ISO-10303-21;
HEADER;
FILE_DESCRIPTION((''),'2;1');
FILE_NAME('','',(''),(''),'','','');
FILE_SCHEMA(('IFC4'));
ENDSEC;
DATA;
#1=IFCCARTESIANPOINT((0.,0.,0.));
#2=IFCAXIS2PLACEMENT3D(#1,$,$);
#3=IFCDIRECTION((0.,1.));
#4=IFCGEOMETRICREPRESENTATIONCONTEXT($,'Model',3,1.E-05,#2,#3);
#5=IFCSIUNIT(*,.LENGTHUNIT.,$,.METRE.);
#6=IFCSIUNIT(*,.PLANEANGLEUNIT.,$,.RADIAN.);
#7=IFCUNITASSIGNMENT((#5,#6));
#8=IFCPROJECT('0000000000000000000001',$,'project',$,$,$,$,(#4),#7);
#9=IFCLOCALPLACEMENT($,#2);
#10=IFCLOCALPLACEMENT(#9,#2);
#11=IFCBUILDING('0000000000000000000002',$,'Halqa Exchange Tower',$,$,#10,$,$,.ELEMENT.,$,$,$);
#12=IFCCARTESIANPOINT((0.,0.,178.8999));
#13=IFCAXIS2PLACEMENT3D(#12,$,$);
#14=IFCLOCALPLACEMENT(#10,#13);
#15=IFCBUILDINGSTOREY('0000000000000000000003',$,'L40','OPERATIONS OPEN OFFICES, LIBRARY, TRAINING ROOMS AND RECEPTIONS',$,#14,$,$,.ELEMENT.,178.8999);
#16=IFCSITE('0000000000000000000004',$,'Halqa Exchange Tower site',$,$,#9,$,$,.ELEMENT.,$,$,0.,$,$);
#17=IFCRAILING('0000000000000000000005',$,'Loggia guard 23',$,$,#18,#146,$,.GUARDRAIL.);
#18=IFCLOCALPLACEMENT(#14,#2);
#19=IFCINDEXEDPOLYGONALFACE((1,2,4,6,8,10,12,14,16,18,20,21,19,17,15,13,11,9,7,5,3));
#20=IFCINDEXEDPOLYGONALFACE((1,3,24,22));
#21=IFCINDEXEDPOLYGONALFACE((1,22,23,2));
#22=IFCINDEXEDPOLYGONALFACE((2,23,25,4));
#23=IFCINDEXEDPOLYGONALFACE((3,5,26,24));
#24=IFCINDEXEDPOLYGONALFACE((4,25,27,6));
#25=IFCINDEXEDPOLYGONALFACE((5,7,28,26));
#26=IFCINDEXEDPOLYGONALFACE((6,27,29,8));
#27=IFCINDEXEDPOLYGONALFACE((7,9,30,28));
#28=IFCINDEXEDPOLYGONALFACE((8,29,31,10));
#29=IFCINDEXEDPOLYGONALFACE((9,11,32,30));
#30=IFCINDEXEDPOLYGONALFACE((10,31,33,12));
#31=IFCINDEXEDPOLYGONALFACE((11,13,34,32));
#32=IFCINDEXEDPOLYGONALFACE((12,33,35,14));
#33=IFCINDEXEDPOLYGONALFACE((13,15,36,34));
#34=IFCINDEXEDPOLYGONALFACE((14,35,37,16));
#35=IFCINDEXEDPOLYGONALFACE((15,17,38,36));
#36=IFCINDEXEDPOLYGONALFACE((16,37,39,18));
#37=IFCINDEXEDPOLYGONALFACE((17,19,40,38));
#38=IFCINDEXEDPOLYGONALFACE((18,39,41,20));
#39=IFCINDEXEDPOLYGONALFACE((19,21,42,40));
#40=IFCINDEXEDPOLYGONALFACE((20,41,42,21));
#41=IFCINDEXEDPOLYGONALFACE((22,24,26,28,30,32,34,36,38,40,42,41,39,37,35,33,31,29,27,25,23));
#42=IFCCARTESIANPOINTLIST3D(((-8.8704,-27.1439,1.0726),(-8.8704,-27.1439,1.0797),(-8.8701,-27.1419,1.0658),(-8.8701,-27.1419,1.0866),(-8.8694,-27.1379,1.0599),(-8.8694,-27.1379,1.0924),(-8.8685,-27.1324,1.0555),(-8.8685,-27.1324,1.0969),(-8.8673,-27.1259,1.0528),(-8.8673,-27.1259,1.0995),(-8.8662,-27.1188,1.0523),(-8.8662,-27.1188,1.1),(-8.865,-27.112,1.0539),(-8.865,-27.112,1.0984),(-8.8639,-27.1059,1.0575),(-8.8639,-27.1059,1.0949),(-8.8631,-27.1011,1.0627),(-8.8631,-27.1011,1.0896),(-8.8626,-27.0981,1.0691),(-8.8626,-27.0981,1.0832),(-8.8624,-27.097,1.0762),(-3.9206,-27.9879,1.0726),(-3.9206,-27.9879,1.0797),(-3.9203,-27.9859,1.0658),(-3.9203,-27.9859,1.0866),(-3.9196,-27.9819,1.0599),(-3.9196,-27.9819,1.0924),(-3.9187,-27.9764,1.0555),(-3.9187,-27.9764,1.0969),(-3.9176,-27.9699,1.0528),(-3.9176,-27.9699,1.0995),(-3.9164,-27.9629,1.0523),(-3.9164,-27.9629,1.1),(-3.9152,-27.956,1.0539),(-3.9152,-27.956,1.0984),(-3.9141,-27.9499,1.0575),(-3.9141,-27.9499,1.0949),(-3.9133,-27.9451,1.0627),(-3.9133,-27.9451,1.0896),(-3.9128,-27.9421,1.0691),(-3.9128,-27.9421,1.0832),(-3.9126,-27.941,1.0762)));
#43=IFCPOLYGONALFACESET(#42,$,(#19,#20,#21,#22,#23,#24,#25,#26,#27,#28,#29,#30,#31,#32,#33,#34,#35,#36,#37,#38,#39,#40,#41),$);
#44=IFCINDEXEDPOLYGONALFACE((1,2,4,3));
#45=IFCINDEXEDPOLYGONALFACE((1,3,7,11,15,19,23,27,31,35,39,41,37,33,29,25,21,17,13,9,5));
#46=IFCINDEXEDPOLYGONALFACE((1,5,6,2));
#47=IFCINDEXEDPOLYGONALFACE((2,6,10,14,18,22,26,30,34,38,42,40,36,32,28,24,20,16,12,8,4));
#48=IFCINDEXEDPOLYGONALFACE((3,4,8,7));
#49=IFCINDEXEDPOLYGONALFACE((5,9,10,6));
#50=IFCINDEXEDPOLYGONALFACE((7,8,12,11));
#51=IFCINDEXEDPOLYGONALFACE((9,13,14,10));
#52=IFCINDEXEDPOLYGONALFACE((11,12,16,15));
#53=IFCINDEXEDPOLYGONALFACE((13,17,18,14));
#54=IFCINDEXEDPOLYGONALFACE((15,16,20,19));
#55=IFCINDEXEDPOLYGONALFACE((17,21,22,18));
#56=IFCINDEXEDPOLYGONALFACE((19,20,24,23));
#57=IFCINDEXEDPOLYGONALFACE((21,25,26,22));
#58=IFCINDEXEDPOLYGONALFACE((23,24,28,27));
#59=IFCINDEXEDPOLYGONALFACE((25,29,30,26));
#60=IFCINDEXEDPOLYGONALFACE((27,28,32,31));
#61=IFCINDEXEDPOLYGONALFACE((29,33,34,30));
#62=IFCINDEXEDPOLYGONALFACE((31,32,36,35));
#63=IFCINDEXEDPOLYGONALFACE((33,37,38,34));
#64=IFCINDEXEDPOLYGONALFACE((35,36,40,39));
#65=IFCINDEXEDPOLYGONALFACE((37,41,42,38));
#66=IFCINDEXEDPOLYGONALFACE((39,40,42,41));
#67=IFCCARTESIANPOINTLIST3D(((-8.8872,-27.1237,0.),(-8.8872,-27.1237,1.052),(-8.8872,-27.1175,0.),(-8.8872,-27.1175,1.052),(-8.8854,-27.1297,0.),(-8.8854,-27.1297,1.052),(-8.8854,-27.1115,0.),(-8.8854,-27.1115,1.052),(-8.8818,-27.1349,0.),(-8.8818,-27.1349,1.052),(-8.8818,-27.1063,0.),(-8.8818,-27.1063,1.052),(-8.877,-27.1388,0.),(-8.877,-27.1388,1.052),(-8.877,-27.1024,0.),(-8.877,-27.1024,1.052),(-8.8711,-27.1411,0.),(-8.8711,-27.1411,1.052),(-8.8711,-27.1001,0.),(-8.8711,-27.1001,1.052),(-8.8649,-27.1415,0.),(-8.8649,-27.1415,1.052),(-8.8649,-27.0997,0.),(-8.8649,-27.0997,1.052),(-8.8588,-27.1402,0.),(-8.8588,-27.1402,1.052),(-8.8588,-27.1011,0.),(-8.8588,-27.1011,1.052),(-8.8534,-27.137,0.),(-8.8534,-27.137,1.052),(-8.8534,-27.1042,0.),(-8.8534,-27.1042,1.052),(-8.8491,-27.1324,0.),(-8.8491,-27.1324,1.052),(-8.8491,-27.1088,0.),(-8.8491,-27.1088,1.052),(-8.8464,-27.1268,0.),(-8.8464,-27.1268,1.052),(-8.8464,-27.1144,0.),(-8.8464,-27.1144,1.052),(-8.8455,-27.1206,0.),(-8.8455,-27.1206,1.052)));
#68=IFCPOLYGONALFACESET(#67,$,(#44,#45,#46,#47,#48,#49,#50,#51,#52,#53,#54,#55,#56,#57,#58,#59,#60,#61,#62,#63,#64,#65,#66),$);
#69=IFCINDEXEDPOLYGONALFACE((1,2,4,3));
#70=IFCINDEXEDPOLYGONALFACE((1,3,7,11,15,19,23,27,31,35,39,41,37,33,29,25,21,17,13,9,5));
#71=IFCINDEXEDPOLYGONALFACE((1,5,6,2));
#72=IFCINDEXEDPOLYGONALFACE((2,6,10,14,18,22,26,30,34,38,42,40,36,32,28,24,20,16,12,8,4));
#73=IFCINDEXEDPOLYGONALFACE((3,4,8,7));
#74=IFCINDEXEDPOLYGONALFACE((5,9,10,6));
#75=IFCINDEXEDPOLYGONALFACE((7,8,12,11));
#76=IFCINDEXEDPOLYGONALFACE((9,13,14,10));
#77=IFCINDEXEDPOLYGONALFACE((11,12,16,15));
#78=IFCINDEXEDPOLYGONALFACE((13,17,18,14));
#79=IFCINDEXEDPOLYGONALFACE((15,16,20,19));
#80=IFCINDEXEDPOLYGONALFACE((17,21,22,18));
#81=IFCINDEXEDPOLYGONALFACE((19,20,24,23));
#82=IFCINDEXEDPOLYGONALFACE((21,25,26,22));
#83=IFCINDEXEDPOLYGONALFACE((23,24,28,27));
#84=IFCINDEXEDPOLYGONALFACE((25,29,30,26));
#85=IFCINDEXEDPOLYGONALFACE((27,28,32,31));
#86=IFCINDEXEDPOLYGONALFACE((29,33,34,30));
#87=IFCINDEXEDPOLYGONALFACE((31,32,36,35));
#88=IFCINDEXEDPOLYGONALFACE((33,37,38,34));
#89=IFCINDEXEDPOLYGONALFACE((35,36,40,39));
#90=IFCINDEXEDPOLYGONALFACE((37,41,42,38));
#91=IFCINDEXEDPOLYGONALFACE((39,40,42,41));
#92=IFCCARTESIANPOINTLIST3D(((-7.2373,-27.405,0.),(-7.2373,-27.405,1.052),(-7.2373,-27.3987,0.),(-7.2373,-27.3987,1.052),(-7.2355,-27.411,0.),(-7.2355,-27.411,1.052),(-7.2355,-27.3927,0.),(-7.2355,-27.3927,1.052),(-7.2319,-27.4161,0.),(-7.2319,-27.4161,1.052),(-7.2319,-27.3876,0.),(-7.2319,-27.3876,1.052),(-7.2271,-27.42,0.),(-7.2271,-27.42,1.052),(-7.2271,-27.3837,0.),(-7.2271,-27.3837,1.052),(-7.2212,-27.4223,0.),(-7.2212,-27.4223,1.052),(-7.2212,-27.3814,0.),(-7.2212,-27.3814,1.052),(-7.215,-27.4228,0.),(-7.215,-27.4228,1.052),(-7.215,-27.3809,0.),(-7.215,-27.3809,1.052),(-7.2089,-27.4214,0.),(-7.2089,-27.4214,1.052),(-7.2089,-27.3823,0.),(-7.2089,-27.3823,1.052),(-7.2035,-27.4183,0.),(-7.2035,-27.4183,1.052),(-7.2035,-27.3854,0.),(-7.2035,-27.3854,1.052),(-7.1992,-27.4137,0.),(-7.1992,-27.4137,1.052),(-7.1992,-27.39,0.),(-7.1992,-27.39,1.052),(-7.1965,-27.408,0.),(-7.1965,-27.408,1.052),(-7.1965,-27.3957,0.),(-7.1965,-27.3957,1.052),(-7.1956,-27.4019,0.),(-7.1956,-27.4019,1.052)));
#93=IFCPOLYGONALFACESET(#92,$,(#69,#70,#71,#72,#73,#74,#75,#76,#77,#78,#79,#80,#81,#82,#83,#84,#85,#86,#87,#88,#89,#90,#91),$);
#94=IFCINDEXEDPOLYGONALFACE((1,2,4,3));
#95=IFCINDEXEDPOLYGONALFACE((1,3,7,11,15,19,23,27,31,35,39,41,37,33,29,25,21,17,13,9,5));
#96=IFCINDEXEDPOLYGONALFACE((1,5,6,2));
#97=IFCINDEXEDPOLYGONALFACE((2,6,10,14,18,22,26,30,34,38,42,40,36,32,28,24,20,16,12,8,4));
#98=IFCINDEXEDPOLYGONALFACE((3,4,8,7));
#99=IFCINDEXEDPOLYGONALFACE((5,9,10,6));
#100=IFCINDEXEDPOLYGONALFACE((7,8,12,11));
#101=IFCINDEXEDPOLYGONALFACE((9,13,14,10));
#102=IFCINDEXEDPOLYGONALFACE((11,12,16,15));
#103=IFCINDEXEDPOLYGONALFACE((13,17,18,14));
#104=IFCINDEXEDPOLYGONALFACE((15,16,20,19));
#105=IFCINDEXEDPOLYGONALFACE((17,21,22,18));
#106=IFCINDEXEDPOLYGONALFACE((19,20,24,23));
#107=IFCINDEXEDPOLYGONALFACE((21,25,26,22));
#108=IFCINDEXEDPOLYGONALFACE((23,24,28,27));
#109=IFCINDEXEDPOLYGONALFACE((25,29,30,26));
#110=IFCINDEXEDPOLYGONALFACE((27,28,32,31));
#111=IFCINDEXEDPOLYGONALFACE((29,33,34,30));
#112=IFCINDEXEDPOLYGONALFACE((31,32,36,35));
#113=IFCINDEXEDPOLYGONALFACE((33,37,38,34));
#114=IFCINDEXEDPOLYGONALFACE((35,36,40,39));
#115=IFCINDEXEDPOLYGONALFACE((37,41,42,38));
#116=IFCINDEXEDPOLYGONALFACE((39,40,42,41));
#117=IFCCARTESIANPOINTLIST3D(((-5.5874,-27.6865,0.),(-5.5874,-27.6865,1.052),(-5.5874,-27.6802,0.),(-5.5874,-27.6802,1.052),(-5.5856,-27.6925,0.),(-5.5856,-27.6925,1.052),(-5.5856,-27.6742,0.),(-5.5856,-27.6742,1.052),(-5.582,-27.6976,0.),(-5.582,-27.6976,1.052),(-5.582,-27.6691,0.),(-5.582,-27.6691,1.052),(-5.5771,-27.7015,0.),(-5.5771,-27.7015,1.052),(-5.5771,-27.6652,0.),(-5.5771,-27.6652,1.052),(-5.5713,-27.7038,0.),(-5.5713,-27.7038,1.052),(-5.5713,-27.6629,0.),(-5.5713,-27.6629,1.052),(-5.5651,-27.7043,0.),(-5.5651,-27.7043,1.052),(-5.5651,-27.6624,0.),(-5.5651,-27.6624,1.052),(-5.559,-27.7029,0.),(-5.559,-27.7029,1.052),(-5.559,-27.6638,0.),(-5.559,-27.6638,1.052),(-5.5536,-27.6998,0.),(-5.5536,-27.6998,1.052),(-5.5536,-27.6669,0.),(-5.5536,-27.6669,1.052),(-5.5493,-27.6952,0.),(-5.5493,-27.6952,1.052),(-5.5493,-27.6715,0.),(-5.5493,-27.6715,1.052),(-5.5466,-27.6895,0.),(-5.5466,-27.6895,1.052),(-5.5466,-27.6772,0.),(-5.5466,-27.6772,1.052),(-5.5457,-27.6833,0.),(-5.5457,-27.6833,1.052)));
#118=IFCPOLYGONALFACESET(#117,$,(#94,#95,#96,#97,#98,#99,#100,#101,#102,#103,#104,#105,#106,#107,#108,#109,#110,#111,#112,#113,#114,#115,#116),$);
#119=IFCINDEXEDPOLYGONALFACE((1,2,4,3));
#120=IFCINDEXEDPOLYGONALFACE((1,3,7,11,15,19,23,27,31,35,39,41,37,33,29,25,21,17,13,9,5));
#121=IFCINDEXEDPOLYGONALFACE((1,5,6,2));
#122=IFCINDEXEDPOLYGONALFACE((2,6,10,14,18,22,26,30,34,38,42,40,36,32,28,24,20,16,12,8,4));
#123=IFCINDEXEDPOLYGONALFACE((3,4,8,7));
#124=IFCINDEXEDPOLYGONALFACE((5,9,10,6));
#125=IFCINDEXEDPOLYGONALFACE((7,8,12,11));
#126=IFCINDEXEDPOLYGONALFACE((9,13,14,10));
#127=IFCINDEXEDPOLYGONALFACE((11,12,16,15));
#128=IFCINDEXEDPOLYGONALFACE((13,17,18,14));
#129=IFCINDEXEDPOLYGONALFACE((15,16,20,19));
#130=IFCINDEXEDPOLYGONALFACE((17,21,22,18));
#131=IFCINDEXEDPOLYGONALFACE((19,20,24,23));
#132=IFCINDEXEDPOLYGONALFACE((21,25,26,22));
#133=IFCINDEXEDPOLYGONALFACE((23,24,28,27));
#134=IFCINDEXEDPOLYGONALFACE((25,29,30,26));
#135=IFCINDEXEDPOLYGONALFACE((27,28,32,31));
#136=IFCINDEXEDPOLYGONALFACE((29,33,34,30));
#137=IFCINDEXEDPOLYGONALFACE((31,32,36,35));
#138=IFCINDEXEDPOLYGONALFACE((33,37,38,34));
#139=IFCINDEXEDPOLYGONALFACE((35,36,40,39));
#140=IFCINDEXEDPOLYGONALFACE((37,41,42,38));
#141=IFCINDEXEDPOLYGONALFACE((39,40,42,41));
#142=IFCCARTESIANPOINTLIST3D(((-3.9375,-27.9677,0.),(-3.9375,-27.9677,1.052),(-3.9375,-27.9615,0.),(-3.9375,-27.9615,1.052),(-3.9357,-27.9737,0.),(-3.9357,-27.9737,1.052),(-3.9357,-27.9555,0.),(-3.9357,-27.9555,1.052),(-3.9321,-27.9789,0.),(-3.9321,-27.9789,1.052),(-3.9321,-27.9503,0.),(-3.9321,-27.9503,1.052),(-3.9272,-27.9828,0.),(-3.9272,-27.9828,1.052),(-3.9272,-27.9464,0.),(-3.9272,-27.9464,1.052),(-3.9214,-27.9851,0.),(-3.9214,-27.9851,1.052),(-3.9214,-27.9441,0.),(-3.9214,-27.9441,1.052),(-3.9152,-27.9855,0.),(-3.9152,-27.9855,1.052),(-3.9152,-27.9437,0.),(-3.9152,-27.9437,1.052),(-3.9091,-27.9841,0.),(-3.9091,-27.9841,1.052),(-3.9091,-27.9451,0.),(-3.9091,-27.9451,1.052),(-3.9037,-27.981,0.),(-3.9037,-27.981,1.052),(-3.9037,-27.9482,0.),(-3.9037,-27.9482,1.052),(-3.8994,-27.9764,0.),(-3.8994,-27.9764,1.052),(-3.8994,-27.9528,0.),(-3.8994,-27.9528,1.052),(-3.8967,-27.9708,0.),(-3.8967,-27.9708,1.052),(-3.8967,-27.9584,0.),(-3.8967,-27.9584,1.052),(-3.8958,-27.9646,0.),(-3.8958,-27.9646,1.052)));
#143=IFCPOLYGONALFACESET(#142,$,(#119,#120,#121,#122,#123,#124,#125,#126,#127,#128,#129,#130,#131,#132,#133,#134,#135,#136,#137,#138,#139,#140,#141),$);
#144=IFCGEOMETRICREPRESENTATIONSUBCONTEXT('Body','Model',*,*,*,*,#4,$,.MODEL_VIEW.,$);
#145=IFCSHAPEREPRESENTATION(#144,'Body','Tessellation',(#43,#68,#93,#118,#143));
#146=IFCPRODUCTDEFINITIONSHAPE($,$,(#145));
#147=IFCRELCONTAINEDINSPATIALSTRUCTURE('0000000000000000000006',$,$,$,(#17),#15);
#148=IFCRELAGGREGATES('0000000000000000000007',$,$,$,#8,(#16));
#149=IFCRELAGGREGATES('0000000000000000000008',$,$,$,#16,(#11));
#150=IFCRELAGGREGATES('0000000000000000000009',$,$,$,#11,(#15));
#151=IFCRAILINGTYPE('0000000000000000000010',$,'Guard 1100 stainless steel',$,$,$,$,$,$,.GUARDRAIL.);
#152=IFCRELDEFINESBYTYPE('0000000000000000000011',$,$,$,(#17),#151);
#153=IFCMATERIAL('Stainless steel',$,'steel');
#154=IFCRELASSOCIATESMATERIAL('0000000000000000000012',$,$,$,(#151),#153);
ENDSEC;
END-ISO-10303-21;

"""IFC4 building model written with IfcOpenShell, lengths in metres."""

from ifc_helpers import new_model, si_unit, direction, frame, origin, origin_2d, place, context, subcontext, project, spatial, circle, extrude, material, type_object, element, save


model = new_model("IFC4")

# Units and contexts
model_context = context("Model", 3, precision=1e-05, world=origin(), true_north=direction((0.0, 1.0)))
body_context = subcontext(model_context, "Body", "Model", "MODEL_VIEW")
ifc_project = project(units=[si_unit("LENGTHUNIT", "METRE"), si_unit("PLANEANGLEUNIT", "RADIAN")], contexts=[model_context])

# Site, building, storey
site_placement = place(None, origin())
site = spatial("IfcSite", under=ifc_project, at=site_placement, Name="Halqa Exchange Tower site", CompositionType="ELEMENT", RefElevation=0.0)
building_placement = place(site_placement, origin())
building = spatial("IfcBuilding", under=site, at=building_placement, Name="Halqa Exchange Tower", CompositionType="ELEMENT")
storey_placement = place(building_placement, frame((0.0, 0.0, 178.8999)))
storey = spatial("IfcBuildingStorey", under=building, at=storey_placement, Name="L40", Description="OPERATIONS OPEN OFFICES, LIBRARY, TRAINING ROOMS AND RECEPTIONS", CompositionType="ELEMENT", Elevation=178.8999)

# Railing
ifc_material_1 = material(Name="Stainless steel", Category="steel")
railing_type = type_object("IfcRailingType", Name="Guard 1100 stainless steel", PredefinedType="GUARDRAIL", material=ifc_material_1)
railing_1_placement = place(storey_placement, frame((-8.8665, -27.1206, 0.0)))
element("IfcRailing", 1, at=railing_1_placement, inside=storey, type_object=railing_type, Name="Loggia guard 23", PredefinedType="GUARDRAIL", context=body_context, shape_type="SweptSolid", body=[
    extrude(circle(Radius=0.0239, at=origin_2d()), frame((0.0, 0.0, 1.0762), z_axis=(0.985772, -0.168088, 0.0), x_axis=(0.168088, 0.985772, 0.0)), (0.0, 0.0, 1.0), 5.0212),
    extrude(circle(Radius=0.021, at=origin_2d()), origin(), (0.0, 0.0, 1.0), 1.052),
    extrude(circle(Radius=0.021, at=origin_2d()), frame((1.6499, -0.2812, 0.0)), (0.0, 0.0, 1.0), 1.052),
    extrude(circle(Radius=0.021, at=origin_2d()), frame((3.2998, -0.5627, 0.0)), (0.0, 0.0, 1.0), 1.052),
    extrude(circle(Radius=0.021, at=origin_2d()), frame((4.9497, -0.844, 0.0)), (0.0, 0.0, 1.0), 1.052),
])

save(model, "model.ifc")
